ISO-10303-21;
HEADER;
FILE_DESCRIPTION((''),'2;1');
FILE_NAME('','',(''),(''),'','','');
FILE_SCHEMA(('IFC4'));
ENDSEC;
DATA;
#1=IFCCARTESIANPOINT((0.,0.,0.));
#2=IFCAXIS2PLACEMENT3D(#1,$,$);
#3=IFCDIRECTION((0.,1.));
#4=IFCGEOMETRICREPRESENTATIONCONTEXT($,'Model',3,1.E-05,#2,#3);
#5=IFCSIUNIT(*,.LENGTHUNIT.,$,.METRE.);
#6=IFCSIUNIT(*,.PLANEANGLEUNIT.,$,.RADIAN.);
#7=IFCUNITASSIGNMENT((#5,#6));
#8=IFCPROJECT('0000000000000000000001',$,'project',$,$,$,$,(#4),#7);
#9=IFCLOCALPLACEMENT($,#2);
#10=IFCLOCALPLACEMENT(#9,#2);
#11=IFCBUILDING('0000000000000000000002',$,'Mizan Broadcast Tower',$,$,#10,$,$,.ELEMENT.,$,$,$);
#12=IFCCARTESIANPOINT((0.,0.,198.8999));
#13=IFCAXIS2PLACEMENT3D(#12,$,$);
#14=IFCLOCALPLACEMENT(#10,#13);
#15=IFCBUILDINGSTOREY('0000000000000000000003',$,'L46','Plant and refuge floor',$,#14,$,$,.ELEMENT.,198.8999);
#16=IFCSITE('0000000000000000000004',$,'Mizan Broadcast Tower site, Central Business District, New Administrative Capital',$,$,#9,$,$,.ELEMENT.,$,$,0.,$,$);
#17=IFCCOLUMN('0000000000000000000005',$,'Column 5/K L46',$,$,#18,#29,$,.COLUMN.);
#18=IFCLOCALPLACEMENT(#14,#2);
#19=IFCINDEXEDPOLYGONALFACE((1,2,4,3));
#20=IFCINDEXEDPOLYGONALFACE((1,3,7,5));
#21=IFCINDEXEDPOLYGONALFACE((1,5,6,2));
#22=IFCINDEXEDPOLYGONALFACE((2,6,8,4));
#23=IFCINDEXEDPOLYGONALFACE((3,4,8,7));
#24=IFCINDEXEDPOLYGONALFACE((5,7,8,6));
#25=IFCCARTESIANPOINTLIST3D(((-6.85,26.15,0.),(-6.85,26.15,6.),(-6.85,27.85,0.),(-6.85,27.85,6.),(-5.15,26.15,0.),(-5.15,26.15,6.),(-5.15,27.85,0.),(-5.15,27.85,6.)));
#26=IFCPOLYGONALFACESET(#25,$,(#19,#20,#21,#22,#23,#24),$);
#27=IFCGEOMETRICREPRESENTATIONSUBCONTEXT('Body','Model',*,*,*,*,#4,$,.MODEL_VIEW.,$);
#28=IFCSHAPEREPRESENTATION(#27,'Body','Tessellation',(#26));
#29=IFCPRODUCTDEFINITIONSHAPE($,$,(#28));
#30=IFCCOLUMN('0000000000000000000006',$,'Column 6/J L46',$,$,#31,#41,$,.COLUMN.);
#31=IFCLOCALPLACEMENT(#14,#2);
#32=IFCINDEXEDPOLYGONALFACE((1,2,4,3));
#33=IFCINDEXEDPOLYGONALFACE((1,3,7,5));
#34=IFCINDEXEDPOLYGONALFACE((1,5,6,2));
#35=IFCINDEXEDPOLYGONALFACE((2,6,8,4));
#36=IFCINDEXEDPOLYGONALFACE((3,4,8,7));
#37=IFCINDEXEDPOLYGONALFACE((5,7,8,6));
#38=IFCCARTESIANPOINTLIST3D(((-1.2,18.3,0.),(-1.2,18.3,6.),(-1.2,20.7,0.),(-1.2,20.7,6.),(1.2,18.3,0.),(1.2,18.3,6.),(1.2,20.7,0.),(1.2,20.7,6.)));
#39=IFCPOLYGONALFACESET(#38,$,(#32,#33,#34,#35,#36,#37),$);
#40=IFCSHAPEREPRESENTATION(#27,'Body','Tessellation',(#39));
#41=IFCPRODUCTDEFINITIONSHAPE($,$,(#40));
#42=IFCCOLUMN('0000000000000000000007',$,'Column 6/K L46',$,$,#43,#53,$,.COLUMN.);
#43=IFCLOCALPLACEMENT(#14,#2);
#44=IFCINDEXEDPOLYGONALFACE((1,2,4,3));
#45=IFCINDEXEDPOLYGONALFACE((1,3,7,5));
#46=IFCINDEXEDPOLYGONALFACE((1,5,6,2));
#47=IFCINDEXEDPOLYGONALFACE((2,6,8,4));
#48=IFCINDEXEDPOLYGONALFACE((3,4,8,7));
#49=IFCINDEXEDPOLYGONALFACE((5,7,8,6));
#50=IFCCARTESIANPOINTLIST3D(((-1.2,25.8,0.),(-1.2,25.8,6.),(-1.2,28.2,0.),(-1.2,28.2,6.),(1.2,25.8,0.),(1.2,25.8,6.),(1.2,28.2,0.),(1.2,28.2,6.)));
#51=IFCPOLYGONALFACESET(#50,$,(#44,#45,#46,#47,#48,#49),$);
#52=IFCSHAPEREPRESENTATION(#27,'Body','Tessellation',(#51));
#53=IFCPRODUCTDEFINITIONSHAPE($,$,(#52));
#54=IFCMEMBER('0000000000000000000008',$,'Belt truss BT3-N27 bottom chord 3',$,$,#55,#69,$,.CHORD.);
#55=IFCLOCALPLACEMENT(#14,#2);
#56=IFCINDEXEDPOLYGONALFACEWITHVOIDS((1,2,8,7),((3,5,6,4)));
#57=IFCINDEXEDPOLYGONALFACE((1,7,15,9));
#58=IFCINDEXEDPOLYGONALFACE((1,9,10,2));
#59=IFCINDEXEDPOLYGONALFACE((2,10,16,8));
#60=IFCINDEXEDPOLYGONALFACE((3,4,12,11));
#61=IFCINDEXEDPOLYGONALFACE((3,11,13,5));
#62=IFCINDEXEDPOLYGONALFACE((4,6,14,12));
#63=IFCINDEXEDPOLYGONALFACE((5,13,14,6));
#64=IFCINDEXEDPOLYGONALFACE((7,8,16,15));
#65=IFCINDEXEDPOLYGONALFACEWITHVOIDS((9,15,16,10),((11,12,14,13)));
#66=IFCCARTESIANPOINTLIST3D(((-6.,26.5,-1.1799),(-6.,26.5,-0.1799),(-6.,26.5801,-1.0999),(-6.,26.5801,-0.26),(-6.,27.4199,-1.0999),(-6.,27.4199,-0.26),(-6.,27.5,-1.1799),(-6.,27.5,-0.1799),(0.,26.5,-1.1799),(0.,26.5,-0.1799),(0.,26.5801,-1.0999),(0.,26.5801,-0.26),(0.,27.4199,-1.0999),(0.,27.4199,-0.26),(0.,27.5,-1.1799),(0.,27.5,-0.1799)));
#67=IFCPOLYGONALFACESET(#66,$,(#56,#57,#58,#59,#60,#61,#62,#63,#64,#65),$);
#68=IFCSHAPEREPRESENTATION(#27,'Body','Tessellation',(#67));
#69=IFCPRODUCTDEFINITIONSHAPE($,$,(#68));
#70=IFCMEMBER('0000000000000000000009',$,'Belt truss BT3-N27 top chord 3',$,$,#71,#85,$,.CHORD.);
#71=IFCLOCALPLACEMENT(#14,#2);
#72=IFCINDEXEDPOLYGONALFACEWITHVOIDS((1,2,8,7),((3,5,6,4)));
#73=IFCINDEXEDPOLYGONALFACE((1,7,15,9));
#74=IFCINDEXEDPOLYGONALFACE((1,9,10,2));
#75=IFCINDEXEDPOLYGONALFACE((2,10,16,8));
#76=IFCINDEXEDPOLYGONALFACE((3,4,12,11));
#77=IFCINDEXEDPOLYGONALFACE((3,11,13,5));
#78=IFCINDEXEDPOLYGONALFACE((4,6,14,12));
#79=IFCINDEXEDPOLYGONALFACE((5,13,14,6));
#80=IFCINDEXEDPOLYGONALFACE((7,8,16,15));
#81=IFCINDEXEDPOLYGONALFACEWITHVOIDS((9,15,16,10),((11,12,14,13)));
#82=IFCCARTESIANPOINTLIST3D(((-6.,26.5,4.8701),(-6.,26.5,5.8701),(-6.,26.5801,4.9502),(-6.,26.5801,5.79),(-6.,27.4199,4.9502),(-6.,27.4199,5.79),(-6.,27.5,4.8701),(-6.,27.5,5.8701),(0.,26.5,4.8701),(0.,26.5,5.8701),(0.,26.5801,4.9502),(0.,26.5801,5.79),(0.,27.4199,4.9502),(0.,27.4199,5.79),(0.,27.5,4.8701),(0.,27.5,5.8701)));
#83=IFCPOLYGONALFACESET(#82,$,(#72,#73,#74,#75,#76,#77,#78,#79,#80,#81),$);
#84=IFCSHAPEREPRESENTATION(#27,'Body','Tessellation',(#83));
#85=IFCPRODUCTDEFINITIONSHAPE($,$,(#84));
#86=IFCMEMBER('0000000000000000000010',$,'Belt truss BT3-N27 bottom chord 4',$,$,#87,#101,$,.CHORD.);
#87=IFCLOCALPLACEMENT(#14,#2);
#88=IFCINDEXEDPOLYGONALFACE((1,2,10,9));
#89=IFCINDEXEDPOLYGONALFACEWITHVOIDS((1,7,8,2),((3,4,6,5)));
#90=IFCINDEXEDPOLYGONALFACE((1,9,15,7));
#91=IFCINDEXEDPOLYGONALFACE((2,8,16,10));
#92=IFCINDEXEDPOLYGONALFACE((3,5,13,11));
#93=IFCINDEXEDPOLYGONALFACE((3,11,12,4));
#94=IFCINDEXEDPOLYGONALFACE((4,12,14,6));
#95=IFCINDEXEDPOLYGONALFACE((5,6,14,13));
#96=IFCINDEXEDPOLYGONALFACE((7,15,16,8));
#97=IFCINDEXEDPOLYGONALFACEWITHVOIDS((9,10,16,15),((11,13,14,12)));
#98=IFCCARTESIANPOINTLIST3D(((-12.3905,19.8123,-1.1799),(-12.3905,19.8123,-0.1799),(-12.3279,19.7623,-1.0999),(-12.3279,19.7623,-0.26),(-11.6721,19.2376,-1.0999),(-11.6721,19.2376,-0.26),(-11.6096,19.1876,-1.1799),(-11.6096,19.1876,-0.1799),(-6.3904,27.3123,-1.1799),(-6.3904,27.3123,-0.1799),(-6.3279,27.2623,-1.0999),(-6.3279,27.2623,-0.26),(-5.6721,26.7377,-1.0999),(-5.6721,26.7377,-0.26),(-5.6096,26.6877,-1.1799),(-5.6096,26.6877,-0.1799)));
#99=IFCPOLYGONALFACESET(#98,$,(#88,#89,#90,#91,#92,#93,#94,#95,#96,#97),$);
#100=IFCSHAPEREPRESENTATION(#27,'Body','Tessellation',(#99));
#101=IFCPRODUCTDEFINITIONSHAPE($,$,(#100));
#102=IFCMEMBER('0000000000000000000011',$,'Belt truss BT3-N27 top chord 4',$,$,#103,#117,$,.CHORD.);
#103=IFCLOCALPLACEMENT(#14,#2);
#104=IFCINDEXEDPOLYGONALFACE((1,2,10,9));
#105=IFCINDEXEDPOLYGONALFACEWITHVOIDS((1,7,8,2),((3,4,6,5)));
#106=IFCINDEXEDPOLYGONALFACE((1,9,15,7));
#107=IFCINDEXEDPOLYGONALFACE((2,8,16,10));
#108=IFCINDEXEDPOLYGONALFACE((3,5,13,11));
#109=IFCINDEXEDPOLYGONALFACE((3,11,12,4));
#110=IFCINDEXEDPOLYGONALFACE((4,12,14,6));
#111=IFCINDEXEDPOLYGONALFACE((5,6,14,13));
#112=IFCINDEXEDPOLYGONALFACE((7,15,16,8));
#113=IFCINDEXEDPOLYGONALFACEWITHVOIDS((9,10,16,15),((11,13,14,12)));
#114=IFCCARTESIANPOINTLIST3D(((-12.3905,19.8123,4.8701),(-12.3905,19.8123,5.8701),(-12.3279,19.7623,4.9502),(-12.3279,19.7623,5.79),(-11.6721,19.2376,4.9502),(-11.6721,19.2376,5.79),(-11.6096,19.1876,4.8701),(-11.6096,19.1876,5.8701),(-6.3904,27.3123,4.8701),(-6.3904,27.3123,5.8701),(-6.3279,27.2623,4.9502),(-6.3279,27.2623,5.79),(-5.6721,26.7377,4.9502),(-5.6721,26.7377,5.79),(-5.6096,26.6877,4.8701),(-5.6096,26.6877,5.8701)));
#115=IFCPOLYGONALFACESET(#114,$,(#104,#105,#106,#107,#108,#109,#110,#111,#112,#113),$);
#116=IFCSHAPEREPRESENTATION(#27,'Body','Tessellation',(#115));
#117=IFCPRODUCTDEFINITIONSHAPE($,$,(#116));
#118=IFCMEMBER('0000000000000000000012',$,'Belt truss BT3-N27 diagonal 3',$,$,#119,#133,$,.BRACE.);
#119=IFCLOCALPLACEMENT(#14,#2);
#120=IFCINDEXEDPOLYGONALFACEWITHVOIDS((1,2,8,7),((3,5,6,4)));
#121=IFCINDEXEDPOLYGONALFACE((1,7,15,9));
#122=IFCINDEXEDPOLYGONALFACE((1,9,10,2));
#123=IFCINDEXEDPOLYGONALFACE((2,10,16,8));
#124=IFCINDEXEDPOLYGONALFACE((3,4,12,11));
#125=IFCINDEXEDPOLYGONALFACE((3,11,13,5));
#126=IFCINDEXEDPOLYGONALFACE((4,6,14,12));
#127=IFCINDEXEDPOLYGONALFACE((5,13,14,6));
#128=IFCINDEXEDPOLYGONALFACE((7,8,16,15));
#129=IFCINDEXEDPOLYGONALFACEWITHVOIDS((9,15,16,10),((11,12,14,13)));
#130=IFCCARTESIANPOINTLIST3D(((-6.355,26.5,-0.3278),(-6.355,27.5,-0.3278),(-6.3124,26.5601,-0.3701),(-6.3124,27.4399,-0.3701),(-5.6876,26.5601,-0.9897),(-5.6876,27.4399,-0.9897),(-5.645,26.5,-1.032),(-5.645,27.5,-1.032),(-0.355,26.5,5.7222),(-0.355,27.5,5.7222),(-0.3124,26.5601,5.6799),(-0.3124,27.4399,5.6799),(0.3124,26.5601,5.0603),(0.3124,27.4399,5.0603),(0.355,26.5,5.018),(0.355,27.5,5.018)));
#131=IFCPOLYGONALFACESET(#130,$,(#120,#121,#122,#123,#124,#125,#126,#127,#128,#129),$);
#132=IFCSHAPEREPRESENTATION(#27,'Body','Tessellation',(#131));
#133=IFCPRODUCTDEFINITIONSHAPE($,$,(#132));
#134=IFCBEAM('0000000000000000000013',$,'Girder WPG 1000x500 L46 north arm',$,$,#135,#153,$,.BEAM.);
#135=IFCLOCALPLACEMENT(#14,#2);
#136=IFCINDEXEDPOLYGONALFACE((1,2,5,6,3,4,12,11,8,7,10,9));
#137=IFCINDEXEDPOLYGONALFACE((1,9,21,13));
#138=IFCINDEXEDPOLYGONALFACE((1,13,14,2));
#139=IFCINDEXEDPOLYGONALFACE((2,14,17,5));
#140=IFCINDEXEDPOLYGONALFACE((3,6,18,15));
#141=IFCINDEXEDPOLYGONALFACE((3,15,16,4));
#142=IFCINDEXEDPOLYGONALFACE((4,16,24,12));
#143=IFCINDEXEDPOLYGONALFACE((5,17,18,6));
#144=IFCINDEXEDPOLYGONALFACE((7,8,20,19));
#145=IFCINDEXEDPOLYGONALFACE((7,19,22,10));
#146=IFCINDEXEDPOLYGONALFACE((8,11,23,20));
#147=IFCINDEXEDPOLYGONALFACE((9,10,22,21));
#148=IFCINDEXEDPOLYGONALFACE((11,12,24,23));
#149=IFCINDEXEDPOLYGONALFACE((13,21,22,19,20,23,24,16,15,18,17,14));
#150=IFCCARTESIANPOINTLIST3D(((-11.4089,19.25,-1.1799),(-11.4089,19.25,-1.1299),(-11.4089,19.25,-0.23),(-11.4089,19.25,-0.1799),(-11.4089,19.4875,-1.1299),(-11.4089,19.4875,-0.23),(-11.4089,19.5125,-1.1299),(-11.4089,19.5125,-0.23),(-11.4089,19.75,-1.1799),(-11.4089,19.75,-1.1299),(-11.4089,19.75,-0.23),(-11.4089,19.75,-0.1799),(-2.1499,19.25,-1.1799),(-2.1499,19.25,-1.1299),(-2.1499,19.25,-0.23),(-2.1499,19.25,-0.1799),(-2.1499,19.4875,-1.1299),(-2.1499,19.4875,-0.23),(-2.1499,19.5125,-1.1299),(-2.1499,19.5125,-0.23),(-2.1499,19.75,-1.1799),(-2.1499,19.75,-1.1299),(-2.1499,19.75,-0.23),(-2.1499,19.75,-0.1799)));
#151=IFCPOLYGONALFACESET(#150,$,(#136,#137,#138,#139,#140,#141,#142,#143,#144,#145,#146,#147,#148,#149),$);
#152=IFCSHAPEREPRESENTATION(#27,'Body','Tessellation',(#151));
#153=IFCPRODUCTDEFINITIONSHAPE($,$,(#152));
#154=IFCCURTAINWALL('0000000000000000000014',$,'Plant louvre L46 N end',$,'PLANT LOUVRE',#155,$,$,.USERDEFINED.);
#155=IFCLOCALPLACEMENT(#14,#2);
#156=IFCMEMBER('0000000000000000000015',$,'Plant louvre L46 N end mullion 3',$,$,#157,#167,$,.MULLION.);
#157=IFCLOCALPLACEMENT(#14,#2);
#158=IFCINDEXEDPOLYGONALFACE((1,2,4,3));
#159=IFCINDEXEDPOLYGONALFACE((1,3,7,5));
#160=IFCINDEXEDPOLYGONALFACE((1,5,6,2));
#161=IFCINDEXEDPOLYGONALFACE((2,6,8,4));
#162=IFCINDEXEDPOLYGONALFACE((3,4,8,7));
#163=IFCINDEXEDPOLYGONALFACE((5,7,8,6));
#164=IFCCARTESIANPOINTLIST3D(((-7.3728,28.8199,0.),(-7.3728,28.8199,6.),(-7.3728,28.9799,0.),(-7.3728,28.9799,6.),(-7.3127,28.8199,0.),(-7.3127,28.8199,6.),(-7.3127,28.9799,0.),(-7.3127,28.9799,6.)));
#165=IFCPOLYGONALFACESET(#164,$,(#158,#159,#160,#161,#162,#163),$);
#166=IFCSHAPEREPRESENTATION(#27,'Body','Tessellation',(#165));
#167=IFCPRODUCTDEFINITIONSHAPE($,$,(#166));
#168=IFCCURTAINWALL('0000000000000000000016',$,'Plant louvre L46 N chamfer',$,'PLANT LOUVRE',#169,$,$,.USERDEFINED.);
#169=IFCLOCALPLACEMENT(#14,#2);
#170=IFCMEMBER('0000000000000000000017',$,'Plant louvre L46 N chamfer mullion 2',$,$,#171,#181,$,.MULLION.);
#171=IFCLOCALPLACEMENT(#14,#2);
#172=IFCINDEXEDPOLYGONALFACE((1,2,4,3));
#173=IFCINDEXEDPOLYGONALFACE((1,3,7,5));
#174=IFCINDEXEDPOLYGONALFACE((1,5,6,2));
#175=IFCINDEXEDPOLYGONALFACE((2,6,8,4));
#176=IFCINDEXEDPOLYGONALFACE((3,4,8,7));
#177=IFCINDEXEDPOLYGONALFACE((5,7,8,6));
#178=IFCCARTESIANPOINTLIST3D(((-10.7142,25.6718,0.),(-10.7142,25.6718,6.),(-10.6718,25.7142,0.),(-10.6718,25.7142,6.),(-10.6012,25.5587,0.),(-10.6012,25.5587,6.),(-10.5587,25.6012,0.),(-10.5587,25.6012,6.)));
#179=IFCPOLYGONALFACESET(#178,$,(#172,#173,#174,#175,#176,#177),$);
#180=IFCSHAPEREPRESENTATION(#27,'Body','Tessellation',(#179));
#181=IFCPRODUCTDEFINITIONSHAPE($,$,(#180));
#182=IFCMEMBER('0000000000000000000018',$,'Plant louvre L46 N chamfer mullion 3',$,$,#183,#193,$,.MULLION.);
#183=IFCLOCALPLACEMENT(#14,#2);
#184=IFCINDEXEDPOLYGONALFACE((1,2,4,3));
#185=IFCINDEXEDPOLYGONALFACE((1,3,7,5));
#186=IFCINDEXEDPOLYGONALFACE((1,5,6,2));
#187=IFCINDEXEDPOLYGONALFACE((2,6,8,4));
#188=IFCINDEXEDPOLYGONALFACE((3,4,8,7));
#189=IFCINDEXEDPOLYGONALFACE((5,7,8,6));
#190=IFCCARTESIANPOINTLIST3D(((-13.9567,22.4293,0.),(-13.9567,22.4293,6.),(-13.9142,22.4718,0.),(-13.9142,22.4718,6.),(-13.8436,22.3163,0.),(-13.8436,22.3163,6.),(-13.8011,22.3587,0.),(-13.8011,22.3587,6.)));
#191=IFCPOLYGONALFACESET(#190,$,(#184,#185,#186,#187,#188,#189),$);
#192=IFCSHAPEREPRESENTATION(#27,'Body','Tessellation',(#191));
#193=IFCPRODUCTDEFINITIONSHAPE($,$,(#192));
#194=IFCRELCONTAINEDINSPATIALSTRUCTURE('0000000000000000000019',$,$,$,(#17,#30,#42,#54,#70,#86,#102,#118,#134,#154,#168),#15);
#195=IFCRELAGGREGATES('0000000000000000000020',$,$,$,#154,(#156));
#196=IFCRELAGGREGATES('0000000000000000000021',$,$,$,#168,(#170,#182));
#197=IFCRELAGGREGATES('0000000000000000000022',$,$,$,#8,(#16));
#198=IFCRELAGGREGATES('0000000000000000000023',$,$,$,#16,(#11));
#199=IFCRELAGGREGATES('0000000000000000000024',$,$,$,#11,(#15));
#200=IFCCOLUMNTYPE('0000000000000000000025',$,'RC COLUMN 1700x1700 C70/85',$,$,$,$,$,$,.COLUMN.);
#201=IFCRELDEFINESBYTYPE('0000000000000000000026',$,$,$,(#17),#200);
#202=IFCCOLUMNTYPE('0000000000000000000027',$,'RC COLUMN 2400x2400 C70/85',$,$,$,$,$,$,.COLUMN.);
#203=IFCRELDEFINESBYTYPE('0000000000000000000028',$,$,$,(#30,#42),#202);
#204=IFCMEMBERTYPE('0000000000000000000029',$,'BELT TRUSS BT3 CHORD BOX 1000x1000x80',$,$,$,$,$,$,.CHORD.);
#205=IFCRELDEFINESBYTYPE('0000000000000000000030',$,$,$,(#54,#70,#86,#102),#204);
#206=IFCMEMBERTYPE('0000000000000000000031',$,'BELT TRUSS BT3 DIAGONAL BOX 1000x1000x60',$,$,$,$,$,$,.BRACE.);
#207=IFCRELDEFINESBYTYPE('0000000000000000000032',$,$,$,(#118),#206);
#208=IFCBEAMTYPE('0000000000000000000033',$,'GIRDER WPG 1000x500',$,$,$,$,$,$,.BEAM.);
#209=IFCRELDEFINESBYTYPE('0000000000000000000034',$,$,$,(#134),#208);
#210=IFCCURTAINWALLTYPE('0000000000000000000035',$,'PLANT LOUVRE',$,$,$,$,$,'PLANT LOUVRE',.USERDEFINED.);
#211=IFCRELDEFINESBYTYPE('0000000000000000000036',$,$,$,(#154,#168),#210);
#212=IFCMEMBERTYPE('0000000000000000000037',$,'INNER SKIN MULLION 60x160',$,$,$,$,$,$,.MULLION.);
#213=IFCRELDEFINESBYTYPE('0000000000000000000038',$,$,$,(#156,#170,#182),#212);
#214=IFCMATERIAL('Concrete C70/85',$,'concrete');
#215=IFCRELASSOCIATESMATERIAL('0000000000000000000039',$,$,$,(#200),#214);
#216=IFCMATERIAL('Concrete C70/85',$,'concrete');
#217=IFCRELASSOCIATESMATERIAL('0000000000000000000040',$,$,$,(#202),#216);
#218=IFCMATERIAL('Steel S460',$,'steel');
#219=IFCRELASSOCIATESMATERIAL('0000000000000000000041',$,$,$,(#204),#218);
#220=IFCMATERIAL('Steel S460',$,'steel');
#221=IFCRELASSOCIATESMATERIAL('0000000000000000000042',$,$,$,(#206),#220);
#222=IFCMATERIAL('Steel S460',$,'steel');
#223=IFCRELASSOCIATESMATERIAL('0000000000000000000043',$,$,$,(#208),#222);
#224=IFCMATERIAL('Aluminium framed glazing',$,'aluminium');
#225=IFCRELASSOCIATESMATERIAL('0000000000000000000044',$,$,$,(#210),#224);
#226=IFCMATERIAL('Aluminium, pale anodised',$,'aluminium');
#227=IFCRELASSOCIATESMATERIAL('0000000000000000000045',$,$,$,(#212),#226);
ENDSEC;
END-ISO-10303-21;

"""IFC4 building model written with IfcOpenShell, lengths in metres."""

from ifc_helpers import new_model, si_unit, direction, frame, origin, origin_2d, place, context, subcontext, project, spatial, rectangle, hollow_rectangle, i_section, extrude, material, material_profile, profile_set, type_object, element, aggregate, save


model = new_model("IFC4")

# Units and contexts
model_context = context("Model", 3, precision=1e-05, world=origin(), true_north=direction((0.0, 1.0)))
body_context = subcontext(model_context, "Body", "Model", "MODEL_VIEW")
ifc_project = project(units=[si_unit("LENGTHUNIT", "METRE"), si_unit("PLANEANGLEUNIT", "RADIAN")], contexts=[model_context])

# Site, building, storey
site_placement = place(None, origin())
site = spatial("IfcSite", under=ifc_project, at=site_placement, Name="Mizan Broadcast Tower site, Central Business District, New Administrative Capital", CompositionType="ELEMENT", RefElevation=0.0)
building_placement = place(site_placement, origin())
building = spatial("IfcBuilding", under=site, at=building_placement, Name="Mizan Broadcast Tower", CompositionType="ELEMENT")
storey_placement = place(building_placement, frame((0.0, 0.0, 198.8999)))
storey = spatial("IfcBuildingStorey", under=building, at=storey_placement, Name="L46", Description="Plant and refuge floor", CompositionType="ELEMENT", Elevation=198.8999)

# Columns
ifc_material_1 = material(Name="Concrete C70/85", Category="concrete")
ifc_material_profile_1 = material_profile(ifc_material_1, rectangle(XDim=1.7, YDim=1.7, at=origin_2d()), Name="RC 1700x1700")
ifc_profile_set_1 = profile_set([ifc_material_profile_1], Name="Concrete C70/85")
column_type_1 = type_object("IfcColumnType", Name="RC COLUMN 1700x1700 C70/85", PredefinedType="COLUMN", material=ifc_profile_set_1)
column_placement = place(storey_placement, frame((-6.0, 27.0, 0.0), z_axis=(0.0, 0.0, 1.0), x_axis=(1.0, 0.0, 0.0)))
element("IfcColumn", 1, at=column_placement, inside=storey, type_object=column_type_1, Name="Column 5/K L46", PredefinedType="COLUMN", context=body_context, shape_type="SweptSolid", body=[
    extrude(rectangle(XDim=1.7, YDim=1.7, at=origin_2d()), origin(), (0.0, 0.0, 1.0), 6.0),
])
ifc_material_2 = material(Name="Concrete C70/85", Category="concrete")
ifc_material_profile_2 = material_profile(ifc_material_2, rectangle(XDim=2.3999, YDim=2.3999, at=origin_2d()), Name="RC 2400x2400")
ifc_profile_set_2 = profile_set([ifc_material_profile_2], Name="Concrete C70/85")
column_type_2 = type_object("IfcColumnType", Name="RC COLUMN 2400x2400 C70/85", PredefinedType="COLUMN", material=ifc_profile_set_2)
for number, where, z_axis, x_axis, name in (
    (2, (0.0, 19.5, 0.0), (0.0, 0.0, 1.0), (1.0, 0.0, 0.0), "Column 6/J L46"),
    (3, (0.0, 27.0, 0.0), (0.0, 0.0, 1.0), (1.0, 0.0, 0.0), "Column 6/K L46"),
):
    element("IfcColumn", number, at=place(storey_placement, frame(where, z_axis=z_axis, x_axis=x_axis)), inside=storey, type_object=column_type_2, Name=name, PredefinedType="COLUMN", context=body_context, shape_type="SweptSolid", body=[
        extrude(rectangle(XDim=2.3999, YDim=2.3999, at=origin_2d()), origin(), (0.0, 0.0, 1.0), 6.0),
    ])

# Members
ifc_material_3 = material(Name="Steel S460", Category="steel")
ifc_material_profile_3 = material_profile(ifc_material_3, hollow_rectangle(XDim=1.0, YDim=1.0, WallThickness=0.0801, at=origin_2d()), Name="BOX 1000x1000x80")
ifc_profile_set_3 = profile_set([ifc_material_profile_3], Name="Steel S460")
member_type_1 = type_object("IfcMemberType", Name="BELT TRUSS BT3 CHORD BOX 1000x1000x80", PredefinedType="CHORD", material=ifc_profile_set_3)
for number, where, z_axis, x_axis, name in (
    (4, (0.0, 27.0, -0.6799), (-1.0, 0.0, 0.0), (0.0, -1.0, 0.0), "Belt truss BT3-N27 bottom chord 3"),
    (5, (0.0, 27.0, 5.3701), (-1.0, 0.0, 0.0), (0.0, -1.0, 0.0), "Belt truss BT3-N27 top chord 3"),
):
    element("IfcMember", number, at=place(storey_placement, frame(where, z_axis=z_axis, x_axis=x_axis)), inside=storey, type_object=member_type_1, Name=name, PredefinedType="CHORD", context=body_context, shape_type="SweptSolid", body=[
        extrude(hollow_rectangle(XDim=1.0, YDim=1.0, WallThickness=0.0801, at=origin_2d()), origin(), (0.0, 0.0, 1.0), 6.0),
    ])
for number, where, z_axis, x_axis, name in (
    (6, (-6.0, 27.0, -0.6799), (-0.624695, -0.780869, 0.0), (0.780869, -0.624695, 0.0), "Belt truss BT3-N27 bottom chord 4"),
    (7, (-6.0, 27.0, 5.3701), (-0.624695, -0.780869, 0.0), (0.780869, -0.624695, 0.0), "Belt truss BT3-N27 top chord 4"),
):
    element("IfcMember", number, at=place(storey_placement, frame(where, z_axis=z_axis, x_axis=x_axis)), inside=storey, type_object=member_type_1, Name=name, PredefinedType="CHORD", context=body_context, shape_type="SweptSolid", body=[
        extrude(hollow_rectangle(XDim=1.0, YDim=1.0, WallThickness=0.0801, at=origin_2d()), origin(), (0.0, 0.0, 1.0), 9.6047),
    ])
ifc_material_4 = material(Name="Steel S460", Category="steel")
ifc_material_profile_4 = material_profile(ifc_material_4, hollow_rectangle(XDim=1.0, YDim=1.0, WallThickness=0.0601, at=origin_2d()), Name="BOX 1000x1000x60")
ifc_profile_set_4 = profile_set([ifc_material_profile_4], Name="Steel S460")
member_type_2 = type_object("IfcMemberType", Name="BELT TRUSS BT3 DIAGONAL BOX 1000x1000x60", PredefinedType="BRACE", material=ifc_profile_set_4)
member_1_placement = place(storey_placement, frame((-6.0, 27.0, -0.6799), z_axis=(0.704164, 0.0, 0.710038), x_axis=(0.0, 1.0, 0.0)))
element("IfcMember", 8, at=member_1_placement, inside=storey, type_object=member_type_2, Name="Belt truss BT3-N27 diagonal 3", PredefinedType="BRACE", context=body_context, shape_type="SweptSolid", body=[
    extrude(hollow_rectangle(XDim=1.0, YDim=1.0, WallThickness=0.0601, at=origin_2d()), origin(), (0.0, 0.0, 1.0), 8.5208),
])

# Beam
ifc_material_5 = material(Name="Steel S460", Category="steel")
ifc_material_profile_5 = material_profile(ifc_material_5, i_section(OverallWidth=0.5, OverallDepth=1.0, WebThickness=0.0249, FlangeThickness=0.05, at=origin_2d()), Name="WPG 1000x500")
ifc_profile_set_5 = profile_set([ifc_material_profile_5], Name="Steel S460")
beam_type_1 = type_object("IfcBeamType", Name="GIRDER WPG 1000x500", PredefinedType="BEAM", material=ifc_profile_set_5)
beam_1_placement = place(storey_placement, frame((-11.4089, 19.5, -0.6799), z_axis=(1.0, 0.0, 0.0), x_axis=(0.0, 1.0, 0.0)))
element("IfcBeam", 9, at=beam_1_placement, inside=storey, type_object=beam_type_1, Name="Girder WPG 1000x500 L46 north arm", PredefinedType="BEAM", context=body_context, shape_type="SweptSolid", body=[
    extrude(i_section(OverallWidth=0.5, OverallDepth=1.0, WebThickness=0.0249, FlangeThickness=0.05, at=origin_2d()), origin(), (0.0, 0.0, 1.0), 9.259),
])

# Curtain wall, member
ifc_material_6 = material(Name="Aluminium framed glazing", Category="aluminium")
curtain_wall_type = type_object("IfcCurtainWallType", Name="PLANT LOUVRE", ElementType="PLANT LOUVRE", PredefinedType="USERDEFINED", material=ifc_material_6)
curtain_wall_1_placement = place(storey_placement, origin())
curtain_wall_1 = element("IfcCurtainWall", 10, at=curtain_wall_1_placement, inside=storey, type_object=curtain_wall_type, Name="Plant louvre L46 N end", ObjectType="PLANT LOUVRE", PredefinedType="USERDEFINED")
ifc_material_7 = material(Name="Aluminium, pale anodised", Category="aluminium")
ifc_material_profile_6 = material_profile(ifc_material_7, rectangle(XDim=0.1599, YDim=0.0601, at=origin_2d()), Name="MULLION 160x60")
ifc_profile_set_6 = profile_set([ifc_material_profile_6], Name="Aluminium, pale anodised")
member_type_3 = type_object("IfcMemberType", Name="INNER SKIN MULLION 60x160", PredefinedType="MULLION", material=ifc_profile_set_6)
member_2_placement = place(storey_placement, frame((-7.3428, 28.8999, 0.0), z_axis=(0.0, 0.0, 1.0), x_axis=(0.0, -1.0, 0.0)))
member_2 = element("IfcMember", 11, at=member_2_placement, type_object=member_type_3, Name="Plant louvre L46 N end mullion 3", PredefinedType="MULLION", context=body_context, shape_type="SweptSolid", body=[
    extrude(rectangle(XDim=0.1599, YDim=0.0601, at=origin_2d()), origin(), (0.0, 0.0, 1.0), 6.0),
])

# Curtain wall, members
curtain_wall_2_placement = place(storey_placement, origin())
curtain_wall_2 = element("IfcCurtainWall", 12, at=curtain_wall_2_placement, inside=storey, type_object=curtain_wall_type, Name="Plant louvre L46 N chamfer", ObjectType="PLANT LOUVRE", PredefinedType="USERDEFINED")
member_3_placement = place(storey_placement, frame((-10.6365, 25.6365, 0.0), z_axis=(0.0, 0.0, 1.0), x_axis=(0.707107, -0.707107, 0.0)))
member_3 = element("IfcMember", 13, at=member_3_placement, type_object=member_type_3, Name="Plant louvre L46 N chamfer mullion 2", PredefinedType="MULLION", context=body_context, shape_type="SweptSolid", body=[
    extrude(rectangle(XDim=0.1599, YDim=0.0601, at=origin_2d()), origin(), (0.0, 0.0, 1.0), 6.0),
])
member_4_placement = place(storey_placement, frame((-13.8789, 22.394, 0.0), z_axis=(0.0, 0.0, 1.0), x_axis=(0.707107, -0.707107, 0.0)))
member_4 = element("IfcMember", 14, at=member_4_placement, type_object=member_type_3, Name="Plant louvre L46 N chamfer mullion 3", PredefinedType="MULLION", context=body_context, shape_type="SweptSolid", body=[
    extrude(rectangle(XDim=0.1599, YDim=0.0601, at=origin_2d()), origin(), (0.0, 0.0, 1.0), 6.0),
])

aggregate(curtain_wall_1, [member_2])
aggregate(curtain_wall_2, [member_3, member_4])

save(model, "model.ifc")
